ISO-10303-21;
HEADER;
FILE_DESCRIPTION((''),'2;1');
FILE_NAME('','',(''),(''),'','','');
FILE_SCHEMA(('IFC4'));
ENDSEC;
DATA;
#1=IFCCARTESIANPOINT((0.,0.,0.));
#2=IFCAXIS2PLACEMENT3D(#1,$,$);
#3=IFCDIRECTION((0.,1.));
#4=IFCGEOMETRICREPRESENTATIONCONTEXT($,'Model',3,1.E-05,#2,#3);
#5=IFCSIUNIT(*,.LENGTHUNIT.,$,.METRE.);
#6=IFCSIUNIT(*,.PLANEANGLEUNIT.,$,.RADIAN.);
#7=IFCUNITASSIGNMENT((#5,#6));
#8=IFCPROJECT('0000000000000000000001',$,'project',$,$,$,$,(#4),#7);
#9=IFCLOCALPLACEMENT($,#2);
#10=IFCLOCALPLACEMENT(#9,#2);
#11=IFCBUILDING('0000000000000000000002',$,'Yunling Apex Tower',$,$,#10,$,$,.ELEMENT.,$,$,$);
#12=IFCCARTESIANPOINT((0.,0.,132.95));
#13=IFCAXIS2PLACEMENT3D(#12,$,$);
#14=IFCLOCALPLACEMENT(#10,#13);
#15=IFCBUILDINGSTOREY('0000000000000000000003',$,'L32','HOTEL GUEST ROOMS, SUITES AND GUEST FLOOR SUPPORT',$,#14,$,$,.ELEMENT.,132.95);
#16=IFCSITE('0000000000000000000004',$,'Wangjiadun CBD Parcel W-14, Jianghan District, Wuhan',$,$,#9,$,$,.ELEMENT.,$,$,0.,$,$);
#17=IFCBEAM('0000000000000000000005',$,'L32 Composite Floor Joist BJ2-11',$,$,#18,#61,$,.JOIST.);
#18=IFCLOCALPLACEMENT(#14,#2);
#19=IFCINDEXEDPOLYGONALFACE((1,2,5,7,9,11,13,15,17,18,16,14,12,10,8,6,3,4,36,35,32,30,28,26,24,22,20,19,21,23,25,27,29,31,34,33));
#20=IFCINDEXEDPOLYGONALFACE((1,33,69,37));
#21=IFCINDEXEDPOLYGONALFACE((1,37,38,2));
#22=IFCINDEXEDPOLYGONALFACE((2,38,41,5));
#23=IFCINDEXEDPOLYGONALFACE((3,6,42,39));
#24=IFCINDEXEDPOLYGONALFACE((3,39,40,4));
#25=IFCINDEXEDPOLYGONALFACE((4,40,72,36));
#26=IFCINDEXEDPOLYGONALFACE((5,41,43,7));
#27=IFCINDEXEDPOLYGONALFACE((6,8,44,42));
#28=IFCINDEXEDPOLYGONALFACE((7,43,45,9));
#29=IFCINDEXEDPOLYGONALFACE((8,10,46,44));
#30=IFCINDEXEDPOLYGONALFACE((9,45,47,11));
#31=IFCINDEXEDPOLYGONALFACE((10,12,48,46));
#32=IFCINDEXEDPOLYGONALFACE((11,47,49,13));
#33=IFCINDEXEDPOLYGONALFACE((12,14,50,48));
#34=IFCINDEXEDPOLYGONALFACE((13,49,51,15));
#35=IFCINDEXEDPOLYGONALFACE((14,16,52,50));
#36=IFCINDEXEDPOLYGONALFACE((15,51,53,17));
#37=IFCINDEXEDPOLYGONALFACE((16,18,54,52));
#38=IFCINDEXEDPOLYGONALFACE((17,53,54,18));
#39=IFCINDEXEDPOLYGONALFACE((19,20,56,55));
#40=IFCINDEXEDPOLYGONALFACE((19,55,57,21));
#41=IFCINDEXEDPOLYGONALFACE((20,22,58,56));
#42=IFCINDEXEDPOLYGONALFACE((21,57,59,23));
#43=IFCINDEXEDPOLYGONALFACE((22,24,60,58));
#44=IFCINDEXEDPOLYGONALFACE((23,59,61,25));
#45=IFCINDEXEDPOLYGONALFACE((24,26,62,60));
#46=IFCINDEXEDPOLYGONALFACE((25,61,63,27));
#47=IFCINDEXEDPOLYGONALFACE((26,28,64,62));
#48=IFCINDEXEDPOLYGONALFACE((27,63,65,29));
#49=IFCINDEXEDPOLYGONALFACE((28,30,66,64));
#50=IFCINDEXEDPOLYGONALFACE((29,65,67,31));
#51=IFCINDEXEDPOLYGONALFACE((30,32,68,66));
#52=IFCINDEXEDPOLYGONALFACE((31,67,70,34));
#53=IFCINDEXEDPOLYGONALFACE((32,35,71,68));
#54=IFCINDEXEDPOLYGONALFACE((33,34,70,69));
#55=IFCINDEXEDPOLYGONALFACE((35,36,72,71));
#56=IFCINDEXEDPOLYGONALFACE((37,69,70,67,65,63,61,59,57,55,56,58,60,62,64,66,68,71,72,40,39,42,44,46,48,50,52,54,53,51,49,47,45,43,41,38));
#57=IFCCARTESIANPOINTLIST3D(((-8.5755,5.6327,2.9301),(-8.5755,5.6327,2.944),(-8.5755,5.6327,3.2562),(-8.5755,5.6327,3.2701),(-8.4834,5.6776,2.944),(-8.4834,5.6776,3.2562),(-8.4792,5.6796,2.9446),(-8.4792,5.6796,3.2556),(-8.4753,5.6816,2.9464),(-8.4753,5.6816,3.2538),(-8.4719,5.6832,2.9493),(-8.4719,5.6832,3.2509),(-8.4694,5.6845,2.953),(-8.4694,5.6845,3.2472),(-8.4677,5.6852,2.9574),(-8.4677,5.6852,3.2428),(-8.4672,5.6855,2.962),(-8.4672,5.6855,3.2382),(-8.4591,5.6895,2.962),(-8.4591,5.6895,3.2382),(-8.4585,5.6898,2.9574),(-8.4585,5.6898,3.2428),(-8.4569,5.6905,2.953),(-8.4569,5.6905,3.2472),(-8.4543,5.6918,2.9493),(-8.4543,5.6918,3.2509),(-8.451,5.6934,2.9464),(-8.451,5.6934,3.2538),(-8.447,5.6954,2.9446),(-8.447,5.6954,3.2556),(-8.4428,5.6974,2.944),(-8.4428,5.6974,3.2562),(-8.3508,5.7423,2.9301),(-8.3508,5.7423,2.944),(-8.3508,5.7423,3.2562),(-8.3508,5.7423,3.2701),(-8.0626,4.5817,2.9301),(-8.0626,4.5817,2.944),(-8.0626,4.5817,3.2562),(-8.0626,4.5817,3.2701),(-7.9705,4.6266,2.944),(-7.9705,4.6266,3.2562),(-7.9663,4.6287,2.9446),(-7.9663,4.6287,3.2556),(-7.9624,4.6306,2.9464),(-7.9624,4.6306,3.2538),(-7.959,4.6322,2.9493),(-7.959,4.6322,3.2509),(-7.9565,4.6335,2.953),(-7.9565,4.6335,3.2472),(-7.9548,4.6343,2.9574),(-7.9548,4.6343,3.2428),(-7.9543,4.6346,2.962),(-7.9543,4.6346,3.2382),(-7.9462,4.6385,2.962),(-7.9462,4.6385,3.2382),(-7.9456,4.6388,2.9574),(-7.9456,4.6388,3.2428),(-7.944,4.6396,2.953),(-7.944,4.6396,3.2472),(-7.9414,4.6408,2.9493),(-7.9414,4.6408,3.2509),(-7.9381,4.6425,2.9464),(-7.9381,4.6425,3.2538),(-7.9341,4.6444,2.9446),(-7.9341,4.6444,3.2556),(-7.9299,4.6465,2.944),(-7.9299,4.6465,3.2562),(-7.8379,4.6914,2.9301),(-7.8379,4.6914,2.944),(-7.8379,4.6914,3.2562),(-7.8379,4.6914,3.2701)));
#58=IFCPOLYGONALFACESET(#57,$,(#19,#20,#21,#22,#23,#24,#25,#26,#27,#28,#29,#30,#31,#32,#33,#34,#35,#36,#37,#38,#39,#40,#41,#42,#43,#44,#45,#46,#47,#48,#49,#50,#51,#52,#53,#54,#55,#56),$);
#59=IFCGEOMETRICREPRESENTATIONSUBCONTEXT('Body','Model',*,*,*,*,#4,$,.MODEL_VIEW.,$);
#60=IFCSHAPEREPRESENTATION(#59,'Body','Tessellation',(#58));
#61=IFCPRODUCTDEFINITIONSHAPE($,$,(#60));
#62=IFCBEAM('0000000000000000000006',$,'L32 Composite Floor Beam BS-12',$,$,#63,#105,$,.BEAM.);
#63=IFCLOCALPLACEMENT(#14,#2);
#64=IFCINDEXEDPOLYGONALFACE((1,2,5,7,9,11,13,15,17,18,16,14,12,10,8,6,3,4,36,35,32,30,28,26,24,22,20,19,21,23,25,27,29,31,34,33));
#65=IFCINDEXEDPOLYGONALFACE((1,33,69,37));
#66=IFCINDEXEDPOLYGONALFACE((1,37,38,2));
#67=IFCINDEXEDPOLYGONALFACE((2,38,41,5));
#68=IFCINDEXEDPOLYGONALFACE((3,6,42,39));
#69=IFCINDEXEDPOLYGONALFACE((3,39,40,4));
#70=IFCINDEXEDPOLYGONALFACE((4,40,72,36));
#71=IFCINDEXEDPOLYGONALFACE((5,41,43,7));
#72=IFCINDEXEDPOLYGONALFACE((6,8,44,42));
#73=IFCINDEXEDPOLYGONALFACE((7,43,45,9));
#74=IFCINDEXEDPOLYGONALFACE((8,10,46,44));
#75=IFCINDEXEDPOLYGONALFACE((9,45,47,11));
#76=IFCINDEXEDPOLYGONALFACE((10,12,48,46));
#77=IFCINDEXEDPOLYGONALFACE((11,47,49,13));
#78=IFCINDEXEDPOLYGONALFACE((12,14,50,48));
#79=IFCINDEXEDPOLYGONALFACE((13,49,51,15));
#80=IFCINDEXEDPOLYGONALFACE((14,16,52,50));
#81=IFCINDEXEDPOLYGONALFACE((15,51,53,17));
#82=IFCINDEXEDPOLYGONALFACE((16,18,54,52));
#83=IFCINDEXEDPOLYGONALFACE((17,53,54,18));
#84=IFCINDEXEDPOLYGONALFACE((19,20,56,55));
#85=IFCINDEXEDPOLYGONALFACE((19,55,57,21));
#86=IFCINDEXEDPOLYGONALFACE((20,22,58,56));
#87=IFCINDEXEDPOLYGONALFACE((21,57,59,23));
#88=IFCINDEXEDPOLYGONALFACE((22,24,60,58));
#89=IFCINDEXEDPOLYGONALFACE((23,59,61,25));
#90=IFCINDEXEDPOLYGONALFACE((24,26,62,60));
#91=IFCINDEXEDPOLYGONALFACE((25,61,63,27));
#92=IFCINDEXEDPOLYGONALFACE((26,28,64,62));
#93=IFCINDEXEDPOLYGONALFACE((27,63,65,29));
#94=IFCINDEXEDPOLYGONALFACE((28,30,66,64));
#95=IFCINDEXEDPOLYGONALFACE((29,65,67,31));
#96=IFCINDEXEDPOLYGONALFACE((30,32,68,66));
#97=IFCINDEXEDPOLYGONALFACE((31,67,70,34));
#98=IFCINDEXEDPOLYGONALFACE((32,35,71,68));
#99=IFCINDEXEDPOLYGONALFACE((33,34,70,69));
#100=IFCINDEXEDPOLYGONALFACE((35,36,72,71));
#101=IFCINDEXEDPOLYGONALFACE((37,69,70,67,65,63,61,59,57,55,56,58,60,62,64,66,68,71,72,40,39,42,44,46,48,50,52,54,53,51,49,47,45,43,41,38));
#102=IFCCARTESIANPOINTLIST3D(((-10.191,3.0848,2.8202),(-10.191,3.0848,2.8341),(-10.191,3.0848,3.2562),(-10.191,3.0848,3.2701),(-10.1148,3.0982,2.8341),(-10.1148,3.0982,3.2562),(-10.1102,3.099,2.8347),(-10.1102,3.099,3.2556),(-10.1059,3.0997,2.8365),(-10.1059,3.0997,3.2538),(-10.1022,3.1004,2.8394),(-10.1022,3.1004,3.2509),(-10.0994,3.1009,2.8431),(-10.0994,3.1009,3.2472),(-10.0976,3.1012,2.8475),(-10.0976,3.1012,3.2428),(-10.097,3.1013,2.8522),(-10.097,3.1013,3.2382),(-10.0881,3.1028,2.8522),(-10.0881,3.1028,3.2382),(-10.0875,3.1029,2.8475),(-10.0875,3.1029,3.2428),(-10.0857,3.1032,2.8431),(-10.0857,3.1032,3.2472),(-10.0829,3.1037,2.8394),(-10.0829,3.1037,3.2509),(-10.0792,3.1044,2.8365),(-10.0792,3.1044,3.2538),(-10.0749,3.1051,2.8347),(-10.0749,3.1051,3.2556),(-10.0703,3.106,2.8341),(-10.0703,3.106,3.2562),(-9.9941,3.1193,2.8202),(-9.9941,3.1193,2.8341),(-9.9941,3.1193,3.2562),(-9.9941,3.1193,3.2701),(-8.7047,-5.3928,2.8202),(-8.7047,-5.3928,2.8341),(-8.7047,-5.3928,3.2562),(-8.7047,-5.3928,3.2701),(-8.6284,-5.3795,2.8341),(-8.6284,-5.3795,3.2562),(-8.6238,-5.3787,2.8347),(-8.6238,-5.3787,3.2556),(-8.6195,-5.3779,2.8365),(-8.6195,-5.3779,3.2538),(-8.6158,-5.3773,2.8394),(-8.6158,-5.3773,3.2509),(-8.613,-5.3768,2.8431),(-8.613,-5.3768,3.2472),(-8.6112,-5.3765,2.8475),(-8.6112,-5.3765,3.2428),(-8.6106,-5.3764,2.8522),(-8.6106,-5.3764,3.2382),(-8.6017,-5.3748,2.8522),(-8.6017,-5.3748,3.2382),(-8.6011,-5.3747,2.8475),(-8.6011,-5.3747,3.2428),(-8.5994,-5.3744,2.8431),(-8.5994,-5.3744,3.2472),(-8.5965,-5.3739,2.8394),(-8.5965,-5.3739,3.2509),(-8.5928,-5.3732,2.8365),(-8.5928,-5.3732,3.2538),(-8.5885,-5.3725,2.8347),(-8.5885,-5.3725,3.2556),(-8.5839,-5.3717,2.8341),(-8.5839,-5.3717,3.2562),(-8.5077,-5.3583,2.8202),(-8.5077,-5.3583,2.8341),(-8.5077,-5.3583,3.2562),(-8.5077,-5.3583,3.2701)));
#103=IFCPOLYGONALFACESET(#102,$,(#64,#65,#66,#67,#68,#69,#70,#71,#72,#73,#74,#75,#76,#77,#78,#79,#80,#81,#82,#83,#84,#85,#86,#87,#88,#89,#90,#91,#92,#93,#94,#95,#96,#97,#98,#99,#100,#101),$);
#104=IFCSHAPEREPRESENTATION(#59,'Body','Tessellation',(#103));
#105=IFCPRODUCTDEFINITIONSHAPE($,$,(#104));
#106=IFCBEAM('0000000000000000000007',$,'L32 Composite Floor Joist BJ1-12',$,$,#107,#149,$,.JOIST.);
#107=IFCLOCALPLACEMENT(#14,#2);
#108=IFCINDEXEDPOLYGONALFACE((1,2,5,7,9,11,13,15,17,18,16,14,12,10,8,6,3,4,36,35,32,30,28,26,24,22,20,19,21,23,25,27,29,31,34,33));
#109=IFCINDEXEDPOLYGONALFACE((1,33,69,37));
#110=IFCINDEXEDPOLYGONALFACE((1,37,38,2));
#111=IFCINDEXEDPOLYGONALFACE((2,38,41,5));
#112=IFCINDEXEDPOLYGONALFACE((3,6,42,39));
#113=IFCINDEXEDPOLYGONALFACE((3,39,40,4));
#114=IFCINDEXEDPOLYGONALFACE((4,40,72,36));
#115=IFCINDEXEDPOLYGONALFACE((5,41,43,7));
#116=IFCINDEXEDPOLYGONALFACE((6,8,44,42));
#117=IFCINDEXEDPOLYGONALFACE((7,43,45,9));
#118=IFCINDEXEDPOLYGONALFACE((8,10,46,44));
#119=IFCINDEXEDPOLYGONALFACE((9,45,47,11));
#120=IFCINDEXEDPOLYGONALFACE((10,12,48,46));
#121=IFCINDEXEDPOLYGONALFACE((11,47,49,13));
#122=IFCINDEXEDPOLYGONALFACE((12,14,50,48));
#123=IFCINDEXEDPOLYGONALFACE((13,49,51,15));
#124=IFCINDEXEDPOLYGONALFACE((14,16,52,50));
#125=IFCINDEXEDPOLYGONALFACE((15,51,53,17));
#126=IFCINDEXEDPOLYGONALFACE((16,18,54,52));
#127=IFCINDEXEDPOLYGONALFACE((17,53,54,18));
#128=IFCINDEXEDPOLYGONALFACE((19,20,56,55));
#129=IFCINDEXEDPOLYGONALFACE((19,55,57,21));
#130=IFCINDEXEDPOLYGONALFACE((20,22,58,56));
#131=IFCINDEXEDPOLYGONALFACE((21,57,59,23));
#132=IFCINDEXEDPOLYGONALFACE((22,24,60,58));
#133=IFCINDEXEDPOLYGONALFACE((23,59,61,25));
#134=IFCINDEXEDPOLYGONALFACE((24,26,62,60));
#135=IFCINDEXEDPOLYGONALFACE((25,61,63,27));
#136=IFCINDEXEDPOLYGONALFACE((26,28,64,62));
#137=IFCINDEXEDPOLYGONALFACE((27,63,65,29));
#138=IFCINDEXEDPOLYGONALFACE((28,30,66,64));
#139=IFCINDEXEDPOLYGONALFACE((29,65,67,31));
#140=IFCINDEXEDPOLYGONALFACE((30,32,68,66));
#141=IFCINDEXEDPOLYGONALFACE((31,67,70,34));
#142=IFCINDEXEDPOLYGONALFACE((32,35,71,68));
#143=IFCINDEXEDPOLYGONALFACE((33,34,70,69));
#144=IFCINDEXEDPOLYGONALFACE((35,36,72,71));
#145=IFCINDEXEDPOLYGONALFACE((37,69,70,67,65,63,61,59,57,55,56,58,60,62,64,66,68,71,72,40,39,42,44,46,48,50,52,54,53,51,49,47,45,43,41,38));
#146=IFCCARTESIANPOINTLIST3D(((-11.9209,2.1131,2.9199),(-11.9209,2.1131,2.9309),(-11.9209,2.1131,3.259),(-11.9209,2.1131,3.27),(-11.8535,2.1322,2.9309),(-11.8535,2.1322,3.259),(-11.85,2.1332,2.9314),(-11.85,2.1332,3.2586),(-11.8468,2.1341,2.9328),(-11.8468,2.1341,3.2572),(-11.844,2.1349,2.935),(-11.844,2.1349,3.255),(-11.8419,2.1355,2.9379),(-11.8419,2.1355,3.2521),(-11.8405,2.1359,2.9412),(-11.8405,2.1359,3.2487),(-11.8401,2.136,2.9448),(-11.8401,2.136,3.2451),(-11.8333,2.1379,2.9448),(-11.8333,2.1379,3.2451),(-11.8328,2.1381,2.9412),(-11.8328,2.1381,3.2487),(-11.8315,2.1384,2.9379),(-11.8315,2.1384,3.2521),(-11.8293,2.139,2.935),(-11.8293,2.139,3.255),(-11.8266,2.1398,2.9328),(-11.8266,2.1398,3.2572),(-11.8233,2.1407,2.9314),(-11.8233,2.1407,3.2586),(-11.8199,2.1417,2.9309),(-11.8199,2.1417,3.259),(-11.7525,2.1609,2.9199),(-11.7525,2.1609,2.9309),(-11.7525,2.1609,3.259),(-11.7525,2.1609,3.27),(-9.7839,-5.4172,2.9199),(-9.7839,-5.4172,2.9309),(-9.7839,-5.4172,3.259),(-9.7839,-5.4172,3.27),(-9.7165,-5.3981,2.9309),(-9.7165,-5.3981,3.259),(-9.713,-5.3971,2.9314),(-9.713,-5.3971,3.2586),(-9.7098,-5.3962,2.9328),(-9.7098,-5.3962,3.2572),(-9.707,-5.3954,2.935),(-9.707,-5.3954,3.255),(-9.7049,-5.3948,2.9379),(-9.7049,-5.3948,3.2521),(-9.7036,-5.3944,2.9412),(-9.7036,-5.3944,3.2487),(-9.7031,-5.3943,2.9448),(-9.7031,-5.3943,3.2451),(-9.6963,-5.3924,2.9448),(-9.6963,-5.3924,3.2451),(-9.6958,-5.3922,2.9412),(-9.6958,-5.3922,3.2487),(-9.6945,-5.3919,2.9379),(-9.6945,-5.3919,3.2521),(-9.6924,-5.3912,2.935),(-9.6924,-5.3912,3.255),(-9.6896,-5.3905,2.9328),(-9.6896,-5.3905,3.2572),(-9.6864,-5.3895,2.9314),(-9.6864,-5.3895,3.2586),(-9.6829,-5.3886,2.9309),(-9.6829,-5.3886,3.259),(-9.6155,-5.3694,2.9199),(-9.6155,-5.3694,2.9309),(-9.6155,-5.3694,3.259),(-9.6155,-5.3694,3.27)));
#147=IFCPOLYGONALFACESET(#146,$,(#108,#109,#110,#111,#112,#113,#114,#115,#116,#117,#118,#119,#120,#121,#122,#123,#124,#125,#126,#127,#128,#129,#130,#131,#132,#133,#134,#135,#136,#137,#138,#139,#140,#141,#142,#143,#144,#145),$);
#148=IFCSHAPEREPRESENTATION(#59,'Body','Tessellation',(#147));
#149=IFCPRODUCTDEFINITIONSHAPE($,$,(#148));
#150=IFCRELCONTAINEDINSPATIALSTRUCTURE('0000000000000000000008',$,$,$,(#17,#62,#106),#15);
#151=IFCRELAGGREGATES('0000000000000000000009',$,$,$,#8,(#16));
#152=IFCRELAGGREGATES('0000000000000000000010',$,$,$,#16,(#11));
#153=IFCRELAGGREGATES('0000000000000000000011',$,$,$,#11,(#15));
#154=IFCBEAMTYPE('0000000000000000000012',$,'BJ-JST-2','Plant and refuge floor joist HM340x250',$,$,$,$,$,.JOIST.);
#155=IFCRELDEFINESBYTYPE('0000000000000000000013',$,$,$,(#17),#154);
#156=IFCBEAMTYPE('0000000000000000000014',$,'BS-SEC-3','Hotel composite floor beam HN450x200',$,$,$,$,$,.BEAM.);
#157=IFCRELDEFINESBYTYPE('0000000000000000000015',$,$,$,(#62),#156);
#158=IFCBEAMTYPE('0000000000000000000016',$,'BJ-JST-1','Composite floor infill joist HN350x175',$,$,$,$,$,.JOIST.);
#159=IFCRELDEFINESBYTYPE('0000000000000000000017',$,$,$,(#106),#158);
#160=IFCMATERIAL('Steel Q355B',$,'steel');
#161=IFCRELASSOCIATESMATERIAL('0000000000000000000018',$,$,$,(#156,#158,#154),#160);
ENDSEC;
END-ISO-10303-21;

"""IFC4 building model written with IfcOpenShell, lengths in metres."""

from ifc_helpers import new_model, si_unit, direction, frame, origin, origin_2d, place, context, subcontext, project, spatial, i_section, extrude, source, transform, mapped, material, material_profile, profile_set, type_object, element, save


model = new_model("IFC4")

# Units and contexts
model_context = context("Model", 3, precision=1e-05, world=origin(), true_north=direction((0.0, 1.0)))
body_context = subcontext(model_context, "Body", "Model", "MODEL_VIEW")
ifc_project = project(units=[si_unit("LENGTHUNIT", "METRE"), si_unit("PLANEANGLEUNIT", "RADIAN")], contexts=[model_context])

# Site, building, storey
site_placement = place(None, origin())
site = spatial("IfcSite", under=ifc_project, at=site_placement, Name="Wangjiadun CBD Parcel W-14, Jianghan District, Wuhan", CompositionType="ELEMENT", RefElevation=0.0)
building_placement = place(site_placement, origin())
building = spatial("IfcBuilding", under=site, at=building_placement, Name="Yunling Apex Tower", CompositionType="ELEMENT")
storey_placement = place(building_placement, frame((0.0, 0.0, 132.95)))
storey = spatial("IfcBuildingStorey", under=building, at=storey_placement, Name="L32", Description="HOTEL GUEST ROOMS, SUITES AND GUEST FLOOR SUPPORT", CompositionType="ELEMENT", Elevation=132.95)

# Beams
ifc_material_1 = material(Name="Steel Q355B", Category="steel")
ifc_material_profile_1 = material_profile(ifc_material_1, i_section(OverallWidth=0.2, OverallDepth=0.45, WebThickness=0.009, FlangeThickness=0.0139, FilletRadius=0.0181, at=origin_2d()))
ifc_profile_set_1 = profile_set([ifc_material_profile_1], Name="Steel Q355B")
beam_type_1 = type_object("IfcBeamType", Name="BS-SEC-3", Description="Hotel composite floor beam HN450x200", PredefinedType="BEAM", material=ifc_profile_set_1)
ifc_material_profile_2 = material_profile(ifc_material_1, i_section(OverallWidth=0.175, OverallDepth=0.3501, WebThickness=0.0071, FlangeThickness=0.011, FilletRadius=0.0139, at=origin_2d()))
ifc_profile_set_2 = profile_set([ifc_material_profile_2], Name="Steel Q355B")
beam_type_2 = type_object("IfcBeamType", Name="BJ-JST-1", Description="Composite floor infill joist HN350x175", PredefinedType="JOIST", material=ifc_profile_set_2)
ifc_material_profile_3 = material_profile(ifc_material_1, i_section(OverallWidth=0.25, OverallDepth=0.3401, WebThickness=0.009, FlangeThickness=0.0139, FilletRadius=0.0181, at=origin_2d()))
ifc_profile_set_3 = profile_set([ifc_material_profile_3], Name="Steel Q355B")
beam_type_3 = type_object("IfcBeamType", Name="BJ-JST-2", Description="Plant and refuge floor joist HM340x250", PredefinedType="JOIST", material=ifc_profile_set_3)
shared_shape_1 = source(origin(), body_context, "Body", "SweptSolid", [
    extrude(i_section(OverallWidth=0.25, OverallDepth=0.3401, WebThickness=0.009, FlangeThickness=0.0139, FilletRadius=0.0181, at=origin_2d()), origin(), (0.0, 0.0, 1.0), 1.1694),
])
beam_1_placement = place(storey_placement, frame((-8.4631, 5.6875, 3.1001), z_axis=(0.438592, -0.898686, 0.0), x_axis=(0.898686, 0.438592, 0.0)))
element("IfcBeam", 1, at=beam_1_placement, inside=storey, type_object=beam_type_3, Name="L32 Composite Floor Joist BJ2-11", PredefinedType="JOIST", context=body_context, shape_type="MappedRepresentation", body=[
    mapped(shared_shape_1, transform((0.0, 0.0, 0.0), scale=1.0)),
])
shared_shape_2 = source(origin(), body_context, "Body", "SweptSolid", [
    extrude(i_section(OverallWidth=0.2, OverallDepth=0.45, WebThickness=0.009, FlangeThickness=0.0139, FilletRadius=0.0181, at=origin_2d()), origin(), (0.0, 0.0, 1.0), 8.6069),
])
beam_2_placement = place(storey_placement, frame((-10.0925, 3.1021, 3.0452), z_axis=(0.172691, -0.984976, 0.0), x_axis=(0.984976, 0.172691, 0.0)))
element("IfcBeam", 2, at=beam_2_placement, inside=storey, type_object=beam_type_1, Name="L32 Composite Floor Beam BS-12", PredefinedType="BEAM", context=body_context, shape_type="MappedRepresentation", body=[
    mapped(shared_shape_2, transform((0.0, 0.0, 0.0), scale=1.0)),
])
shared_shape_3 = source(origin(), body_context, "Body", "SweptSolid", [
    extrude(i_section(OverallWidth=0.175, OverallDepth=0.3501, WebThickness=0.0071, FlangeThickness=0.011, FilletRadius=0.0139, at=origin_2d()), origin(), (0.0, 0.0, 1.0), 7.8276),
])
beam_3_placement = place(storey_placement, frame((-11.8367, 2.137, 3.095), z_axis=(0.273003, -0.962013, 0.0), x_axis=(0.962013, 0.273003, 0.0)))
element("IfcBeam", 3, at=beam_3_placement, inside=storey, type_object=beam_type_2, Name="L32 Composite Floor Joist BJ1-12", PredefinedType="JOIST", context=body_context, shape_type="MappedRepresentation", body=[
    mapped(shared_shape_3, transform((0.0, 0.0, 0.0), scale=1.0)),
])

save(model, "model.ifc")
